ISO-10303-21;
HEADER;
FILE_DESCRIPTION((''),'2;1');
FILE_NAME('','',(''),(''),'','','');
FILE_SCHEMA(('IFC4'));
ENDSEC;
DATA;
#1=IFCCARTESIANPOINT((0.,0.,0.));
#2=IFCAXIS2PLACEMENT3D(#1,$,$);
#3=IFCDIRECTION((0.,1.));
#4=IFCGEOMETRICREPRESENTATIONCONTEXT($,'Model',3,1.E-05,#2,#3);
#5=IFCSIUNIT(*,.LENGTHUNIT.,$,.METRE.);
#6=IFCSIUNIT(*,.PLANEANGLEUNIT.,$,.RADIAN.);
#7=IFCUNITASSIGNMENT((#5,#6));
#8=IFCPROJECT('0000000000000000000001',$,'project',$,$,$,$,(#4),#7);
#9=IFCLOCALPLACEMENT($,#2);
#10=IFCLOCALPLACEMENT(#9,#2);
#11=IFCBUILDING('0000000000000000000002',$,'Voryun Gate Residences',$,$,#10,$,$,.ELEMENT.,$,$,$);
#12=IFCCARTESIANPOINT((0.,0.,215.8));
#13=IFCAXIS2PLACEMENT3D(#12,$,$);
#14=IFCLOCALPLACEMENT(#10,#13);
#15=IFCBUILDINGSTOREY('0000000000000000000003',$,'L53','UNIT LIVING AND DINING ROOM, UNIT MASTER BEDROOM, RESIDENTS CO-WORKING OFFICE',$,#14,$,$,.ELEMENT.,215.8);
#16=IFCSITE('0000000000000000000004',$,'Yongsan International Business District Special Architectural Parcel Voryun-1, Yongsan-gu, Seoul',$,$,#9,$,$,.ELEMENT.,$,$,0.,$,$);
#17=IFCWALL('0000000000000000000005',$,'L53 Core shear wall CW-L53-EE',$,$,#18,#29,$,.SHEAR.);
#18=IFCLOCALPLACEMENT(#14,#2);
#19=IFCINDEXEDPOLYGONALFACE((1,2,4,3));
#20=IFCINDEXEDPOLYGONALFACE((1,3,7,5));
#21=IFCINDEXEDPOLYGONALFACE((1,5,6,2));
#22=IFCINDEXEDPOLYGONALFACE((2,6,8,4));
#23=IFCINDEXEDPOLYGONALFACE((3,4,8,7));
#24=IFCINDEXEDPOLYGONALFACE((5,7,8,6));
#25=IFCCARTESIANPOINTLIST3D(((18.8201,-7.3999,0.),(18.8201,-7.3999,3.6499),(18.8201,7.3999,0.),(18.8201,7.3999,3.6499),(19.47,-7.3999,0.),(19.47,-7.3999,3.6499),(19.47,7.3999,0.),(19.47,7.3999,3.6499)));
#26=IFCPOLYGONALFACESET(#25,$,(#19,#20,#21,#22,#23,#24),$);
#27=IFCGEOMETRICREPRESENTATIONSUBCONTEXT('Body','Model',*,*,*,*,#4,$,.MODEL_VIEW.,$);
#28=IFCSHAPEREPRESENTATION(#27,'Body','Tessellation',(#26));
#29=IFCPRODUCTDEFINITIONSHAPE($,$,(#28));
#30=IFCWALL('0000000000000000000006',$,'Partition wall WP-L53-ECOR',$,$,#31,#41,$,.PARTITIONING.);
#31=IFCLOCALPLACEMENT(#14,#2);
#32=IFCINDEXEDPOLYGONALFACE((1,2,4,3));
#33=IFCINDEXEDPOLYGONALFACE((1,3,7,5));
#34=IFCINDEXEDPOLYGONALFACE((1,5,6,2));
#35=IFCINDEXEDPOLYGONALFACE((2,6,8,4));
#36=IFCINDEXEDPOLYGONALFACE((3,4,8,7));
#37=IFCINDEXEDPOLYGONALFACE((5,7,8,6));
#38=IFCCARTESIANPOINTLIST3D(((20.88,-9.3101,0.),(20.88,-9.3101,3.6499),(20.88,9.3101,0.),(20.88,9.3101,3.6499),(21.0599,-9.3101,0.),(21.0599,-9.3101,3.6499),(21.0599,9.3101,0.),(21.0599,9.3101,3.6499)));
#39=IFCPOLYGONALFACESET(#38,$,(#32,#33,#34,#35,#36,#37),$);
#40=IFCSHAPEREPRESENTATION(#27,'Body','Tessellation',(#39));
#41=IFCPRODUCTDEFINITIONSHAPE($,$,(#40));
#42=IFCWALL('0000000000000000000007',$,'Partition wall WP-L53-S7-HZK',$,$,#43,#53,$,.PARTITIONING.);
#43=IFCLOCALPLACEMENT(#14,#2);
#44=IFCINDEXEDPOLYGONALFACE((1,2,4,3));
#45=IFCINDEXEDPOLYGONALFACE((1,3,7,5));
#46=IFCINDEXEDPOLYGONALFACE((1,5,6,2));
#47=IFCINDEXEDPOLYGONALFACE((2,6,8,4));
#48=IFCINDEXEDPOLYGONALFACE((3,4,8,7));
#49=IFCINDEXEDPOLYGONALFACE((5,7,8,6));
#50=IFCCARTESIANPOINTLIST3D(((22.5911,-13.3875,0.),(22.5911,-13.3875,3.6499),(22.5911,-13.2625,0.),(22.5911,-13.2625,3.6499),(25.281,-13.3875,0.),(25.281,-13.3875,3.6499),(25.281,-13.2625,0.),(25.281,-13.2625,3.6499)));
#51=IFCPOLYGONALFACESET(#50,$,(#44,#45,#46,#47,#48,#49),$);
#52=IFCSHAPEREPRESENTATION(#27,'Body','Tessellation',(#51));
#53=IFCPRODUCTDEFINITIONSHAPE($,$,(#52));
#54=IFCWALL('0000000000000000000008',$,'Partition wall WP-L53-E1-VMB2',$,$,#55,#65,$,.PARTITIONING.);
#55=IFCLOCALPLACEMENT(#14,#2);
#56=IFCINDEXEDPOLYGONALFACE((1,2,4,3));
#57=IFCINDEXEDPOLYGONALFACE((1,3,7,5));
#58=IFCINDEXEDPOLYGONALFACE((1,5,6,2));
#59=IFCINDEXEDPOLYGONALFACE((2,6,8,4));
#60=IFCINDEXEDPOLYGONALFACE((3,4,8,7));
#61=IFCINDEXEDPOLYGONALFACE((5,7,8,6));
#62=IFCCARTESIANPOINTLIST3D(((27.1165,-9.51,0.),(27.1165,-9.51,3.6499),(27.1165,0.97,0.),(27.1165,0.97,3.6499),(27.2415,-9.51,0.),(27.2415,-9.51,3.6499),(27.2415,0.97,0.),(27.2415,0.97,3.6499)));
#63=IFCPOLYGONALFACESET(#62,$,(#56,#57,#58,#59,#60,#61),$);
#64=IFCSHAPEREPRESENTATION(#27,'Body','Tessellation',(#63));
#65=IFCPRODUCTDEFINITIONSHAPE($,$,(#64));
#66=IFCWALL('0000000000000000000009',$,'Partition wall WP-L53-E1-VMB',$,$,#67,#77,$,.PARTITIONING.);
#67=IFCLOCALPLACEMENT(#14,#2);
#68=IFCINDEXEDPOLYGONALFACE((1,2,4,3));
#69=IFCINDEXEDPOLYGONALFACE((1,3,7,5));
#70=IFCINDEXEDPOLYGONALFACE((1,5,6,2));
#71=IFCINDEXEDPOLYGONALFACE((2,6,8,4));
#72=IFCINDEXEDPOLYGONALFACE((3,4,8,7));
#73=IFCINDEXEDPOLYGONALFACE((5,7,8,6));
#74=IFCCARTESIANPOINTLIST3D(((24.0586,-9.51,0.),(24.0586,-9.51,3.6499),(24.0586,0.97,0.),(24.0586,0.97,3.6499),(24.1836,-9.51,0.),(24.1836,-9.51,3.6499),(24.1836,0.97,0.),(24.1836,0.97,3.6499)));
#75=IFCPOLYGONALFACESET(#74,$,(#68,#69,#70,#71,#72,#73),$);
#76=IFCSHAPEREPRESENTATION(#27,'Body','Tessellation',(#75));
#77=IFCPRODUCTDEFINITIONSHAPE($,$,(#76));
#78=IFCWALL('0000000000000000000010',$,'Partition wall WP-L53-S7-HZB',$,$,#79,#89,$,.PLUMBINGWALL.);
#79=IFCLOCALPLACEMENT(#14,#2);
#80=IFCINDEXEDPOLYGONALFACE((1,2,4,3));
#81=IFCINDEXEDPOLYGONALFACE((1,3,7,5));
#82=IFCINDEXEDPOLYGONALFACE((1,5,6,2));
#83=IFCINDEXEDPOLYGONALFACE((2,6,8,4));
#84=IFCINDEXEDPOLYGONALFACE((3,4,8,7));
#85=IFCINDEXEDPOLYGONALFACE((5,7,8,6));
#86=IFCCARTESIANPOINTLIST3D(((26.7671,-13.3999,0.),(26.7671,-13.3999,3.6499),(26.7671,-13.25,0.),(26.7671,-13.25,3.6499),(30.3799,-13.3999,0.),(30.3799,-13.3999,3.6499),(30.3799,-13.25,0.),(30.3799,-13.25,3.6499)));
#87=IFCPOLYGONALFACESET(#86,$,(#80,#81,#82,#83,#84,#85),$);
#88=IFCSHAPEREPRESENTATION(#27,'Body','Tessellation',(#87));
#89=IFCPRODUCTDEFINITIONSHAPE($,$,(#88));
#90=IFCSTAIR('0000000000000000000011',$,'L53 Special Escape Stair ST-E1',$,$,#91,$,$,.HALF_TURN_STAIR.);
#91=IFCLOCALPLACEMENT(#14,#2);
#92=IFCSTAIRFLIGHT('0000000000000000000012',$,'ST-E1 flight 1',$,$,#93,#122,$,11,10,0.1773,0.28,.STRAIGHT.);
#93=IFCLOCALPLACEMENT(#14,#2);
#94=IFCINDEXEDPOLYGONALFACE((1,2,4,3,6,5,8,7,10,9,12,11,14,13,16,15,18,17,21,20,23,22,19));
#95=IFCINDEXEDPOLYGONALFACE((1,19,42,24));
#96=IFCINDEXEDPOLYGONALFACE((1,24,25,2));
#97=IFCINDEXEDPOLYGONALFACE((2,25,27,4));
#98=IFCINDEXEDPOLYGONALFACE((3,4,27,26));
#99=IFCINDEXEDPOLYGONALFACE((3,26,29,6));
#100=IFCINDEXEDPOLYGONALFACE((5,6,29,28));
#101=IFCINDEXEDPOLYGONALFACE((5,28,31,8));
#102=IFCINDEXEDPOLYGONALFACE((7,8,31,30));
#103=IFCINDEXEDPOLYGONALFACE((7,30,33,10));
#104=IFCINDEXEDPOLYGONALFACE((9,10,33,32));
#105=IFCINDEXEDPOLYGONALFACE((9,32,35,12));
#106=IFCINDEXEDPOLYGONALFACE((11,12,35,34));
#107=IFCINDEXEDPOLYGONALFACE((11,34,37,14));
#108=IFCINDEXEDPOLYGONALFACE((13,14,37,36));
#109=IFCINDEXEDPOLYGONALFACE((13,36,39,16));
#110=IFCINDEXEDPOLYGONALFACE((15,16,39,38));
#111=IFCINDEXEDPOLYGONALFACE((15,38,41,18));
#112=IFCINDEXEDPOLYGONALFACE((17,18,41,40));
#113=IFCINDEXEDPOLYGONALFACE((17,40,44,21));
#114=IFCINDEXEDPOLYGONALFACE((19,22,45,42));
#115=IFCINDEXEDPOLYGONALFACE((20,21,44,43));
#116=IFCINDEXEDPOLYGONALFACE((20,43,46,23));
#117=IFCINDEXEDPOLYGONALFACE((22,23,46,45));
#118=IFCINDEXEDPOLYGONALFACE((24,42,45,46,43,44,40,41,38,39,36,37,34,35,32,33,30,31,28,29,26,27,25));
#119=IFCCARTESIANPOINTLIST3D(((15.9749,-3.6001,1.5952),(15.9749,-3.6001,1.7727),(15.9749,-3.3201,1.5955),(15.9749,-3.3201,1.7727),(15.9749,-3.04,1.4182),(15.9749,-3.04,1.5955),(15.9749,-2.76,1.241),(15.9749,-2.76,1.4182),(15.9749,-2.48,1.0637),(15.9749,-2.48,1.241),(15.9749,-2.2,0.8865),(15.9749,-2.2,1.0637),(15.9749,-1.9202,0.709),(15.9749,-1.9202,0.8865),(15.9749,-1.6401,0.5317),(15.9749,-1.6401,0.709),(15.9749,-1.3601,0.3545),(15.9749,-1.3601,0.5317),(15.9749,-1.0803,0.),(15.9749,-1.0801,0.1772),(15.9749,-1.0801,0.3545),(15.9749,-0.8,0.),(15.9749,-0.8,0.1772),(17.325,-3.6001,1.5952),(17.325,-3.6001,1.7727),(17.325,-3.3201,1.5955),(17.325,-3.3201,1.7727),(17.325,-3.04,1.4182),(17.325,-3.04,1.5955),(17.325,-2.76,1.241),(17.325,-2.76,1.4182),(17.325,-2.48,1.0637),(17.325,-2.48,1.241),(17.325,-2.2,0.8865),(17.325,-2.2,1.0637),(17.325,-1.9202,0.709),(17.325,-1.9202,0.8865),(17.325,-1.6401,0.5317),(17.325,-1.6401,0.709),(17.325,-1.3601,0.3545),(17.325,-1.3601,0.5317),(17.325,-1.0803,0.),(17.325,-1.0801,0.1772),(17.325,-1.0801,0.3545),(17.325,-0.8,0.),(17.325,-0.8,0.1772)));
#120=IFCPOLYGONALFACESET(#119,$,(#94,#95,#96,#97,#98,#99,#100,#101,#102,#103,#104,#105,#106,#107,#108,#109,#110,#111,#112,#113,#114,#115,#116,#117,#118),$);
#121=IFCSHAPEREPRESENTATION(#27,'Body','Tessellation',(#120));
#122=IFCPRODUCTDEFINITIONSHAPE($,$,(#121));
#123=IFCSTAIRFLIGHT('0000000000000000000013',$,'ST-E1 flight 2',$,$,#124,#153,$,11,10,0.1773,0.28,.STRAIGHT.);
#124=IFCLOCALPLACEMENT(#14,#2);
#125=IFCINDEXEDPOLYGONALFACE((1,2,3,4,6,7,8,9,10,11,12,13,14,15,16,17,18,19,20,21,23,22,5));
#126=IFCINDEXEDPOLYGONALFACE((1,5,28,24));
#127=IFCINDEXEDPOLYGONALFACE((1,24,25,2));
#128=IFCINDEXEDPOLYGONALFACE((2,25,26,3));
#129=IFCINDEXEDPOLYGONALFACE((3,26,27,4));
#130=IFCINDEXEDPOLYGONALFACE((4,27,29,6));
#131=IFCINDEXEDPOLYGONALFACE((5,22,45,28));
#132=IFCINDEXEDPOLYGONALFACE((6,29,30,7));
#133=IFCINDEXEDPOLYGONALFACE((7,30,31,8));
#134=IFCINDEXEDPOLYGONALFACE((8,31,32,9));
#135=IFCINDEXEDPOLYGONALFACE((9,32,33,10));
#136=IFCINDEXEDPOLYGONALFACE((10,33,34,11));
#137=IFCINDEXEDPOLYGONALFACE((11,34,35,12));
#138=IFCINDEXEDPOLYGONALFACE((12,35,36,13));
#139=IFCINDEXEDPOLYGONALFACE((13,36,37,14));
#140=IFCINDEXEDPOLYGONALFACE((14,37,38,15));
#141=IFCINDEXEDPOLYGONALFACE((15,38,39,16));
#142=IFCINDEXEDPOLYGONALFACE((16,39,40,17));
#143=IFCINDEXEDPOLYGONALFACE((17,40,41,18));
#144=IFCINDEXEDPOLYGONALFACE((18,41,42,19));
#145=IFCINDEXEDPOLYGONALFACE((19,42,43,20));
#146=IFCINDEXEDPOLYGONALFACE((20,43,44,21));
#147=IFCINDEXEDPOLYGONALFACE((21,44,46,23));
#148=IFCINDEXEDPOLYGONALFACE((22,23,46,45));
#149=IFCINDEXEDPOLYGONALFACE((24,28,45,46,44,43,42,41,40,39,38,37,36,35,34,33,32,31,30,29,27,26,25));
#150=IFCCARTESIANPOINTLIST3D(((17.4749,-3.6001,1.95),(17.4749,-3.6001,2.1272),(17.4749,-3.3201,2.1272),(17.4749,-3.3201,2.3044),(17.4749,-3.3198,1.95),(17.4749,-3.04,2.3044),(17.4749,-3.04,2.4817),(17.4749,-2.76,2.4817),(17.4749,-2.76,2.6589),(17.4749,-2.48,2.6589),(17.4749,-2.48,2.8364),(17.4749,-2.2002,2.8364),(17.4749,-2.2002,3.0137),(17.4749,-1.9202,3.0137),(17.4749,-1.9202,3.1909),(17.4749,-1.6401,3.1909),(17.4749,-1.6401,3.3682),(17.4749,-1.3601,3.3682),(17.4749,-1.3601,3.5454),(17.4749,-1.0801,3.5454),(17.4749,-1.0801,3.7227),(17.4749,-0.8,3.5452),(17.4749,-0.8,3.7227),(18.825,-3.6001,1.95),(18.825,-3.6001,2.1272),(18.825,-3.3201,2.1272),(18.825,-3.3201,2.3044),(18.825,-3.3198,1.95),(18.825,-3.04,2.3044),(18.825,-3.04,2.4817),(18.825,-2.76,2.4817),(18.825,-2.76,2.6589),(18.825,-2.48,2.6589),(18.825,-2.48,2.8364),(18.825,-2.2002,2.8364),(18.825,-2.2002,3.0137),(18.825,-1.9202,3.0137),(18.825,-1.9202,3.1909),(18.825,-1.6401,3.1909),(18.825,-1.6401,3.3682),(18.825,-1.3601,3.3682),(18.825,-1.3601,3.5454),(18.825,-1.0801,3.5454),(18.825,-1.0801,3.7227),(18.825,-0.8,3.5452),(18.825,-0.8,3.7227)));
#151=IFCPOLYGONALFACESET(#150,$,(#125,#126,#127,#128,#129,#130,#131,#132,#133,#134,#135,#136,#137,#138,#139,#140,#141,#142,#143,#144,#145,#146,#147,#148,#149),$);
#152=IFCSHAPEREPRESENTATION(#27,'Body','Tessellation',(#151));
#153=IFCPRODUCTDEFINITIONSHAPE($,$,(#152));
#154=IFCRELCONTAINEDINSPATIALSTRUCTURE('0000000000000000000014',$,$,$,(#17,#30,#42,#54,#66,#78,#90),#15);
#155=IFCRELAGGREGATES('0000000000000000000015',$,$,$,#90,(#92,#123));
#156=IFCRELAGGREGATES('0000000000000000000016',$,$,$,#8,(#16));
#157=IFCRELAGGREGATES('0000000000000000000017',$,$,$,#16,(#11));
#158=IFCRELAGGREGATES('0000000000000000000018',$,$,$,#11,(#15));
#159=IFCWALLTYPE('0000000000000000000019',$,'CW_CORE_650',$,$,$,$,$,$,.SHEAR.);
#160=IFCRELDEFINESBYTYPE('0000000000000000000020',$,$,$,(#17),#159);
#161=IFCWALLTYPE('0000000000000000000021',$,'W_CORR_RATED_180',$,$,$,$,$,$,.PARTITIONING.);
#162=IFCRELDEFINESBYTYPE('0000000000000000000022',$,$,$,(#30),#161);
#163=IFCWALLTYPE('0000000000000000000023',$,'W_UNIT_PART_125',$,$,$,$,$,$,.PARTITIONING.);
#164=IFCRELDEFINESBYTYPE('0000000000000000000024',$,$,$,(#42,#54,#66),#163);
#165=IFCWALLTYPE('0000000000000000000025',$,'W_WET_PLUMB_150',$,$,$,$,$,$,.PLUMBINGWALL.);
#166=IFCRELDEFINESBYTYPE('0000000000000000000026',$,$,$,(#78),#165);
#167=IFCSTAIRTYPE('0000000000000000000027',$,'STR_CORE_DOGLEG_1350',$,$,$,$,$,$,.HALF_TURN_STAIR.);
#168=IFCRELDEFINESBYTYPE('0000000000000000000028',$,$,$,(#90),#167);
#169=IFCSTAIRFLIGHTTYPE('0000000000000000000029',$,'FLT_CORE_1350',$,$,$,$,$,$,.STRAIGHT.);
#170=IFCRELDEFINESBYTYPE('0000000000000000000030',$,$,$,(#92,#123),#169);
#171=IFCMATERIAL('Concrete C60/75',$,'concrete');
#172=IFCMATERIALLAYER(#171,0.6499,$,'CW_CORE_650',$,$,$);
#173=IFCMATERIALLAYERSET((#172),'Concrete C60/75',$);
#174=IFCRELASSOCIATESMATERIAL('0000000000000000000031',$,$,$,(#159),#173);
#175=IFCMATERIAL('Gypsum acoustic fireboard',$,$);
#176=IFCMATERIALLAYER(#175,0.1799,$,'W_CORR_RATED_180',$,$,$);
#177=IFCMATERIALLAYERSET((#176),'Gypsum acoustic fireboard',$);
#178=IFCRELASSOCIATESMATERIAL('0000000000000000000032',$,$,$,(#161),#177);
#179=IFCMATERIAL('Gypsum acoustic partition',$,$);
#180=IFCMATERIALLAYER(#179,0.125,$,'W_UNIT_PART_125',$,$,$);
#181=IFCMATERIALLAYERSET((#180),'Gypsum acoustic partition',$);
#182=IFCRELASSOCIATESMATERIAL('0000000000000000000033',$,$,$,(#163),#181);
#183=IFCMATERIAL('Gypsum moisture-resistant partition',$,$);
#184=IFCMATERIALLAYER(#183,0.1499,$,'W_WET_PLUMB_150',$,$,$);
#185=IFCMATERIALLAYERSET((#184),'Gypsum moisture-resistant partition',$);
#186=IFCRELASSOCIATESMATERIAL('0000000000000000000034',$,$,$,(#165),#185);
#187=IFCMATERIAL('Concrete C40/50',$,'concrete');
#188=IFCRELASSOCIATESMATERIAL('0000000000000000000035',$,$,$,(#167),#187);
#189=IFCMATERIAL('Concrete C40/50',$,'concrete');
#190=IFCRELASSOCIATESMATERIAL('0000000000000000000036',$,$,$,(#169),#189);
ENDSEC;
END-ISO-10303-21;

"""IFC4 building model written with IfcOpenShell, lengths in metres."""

from ifc_helpers import new_model, si_unit, direction, frame, frame_2d, origin, place, context, subcontext, project, spatial, polyline, rectangle, outline, extrude, material, layer, layer_set, type_object, element, aggregate, save


model = new_model("IFC4")

# Units and contexts
model_context = context("Model", 3, precision=1e-05, world=origin(), true_north=direction((0.0, 1.0)))
body_context = subcontext(model_context, "Body", "Model", "MODEL_VIEW")
ifc_project = project(units=[si_unit("LENGTHUNIT", "METRE"), si_unit("PLANEANGLEUNIT", "RADIAN")], contexts=[model_context])

# Site, building, storey
site_placement = place(None, origin())
site = spatial("IfcSite", under=ifc_project, at=site_placement, Name="Yongsan International Business District Special Architectural Parcel Voryun-1, Yongsan-gu, Seoul", CompositionType="ELEMENT", RefElevation=0.0)
building_placement = place(site_placement, origin())
building = spatial("IfcBuilding", under=site, at=building_placement, Name="Voryun Gate Residences", CompositionType="ELEMENT")
storey_placement = place(building_placement, frame((0.0, 0.0, 215.8)))
storey = spatial("IfcBuildingStorey", under=building, at=storey_placement, Name="L53", Description="UNIT LIVING AND DINING ROOM, UNIT MASTER BEDROOM, RESIDENTS CO-WORKING OFFICE", CompositionType="ELEMENT", Elevation=215.8)

# Walls
ifc_material_1 = material(Name="Concrete C60/75", Category="concrete")
ifc_layer_1 = layer(ifc_material_1, 0.6499, Name="CW_CORE_650")
ifc_layer_set_1 = layer_set([ifc_layer_1], Name="Concrete C60/75")
wall_type_1 = type_object("IfcWallType", Name="CW_CORE_650", PredefinedType="SHEAR", material=ifc_layer_set_1)
wall_1_placement = place(storey_placement, frame((19.145, -7.3999, 0.0), z_axis=(0.0, 0.0, 1.0), x_axis=(0.0, 1.0, 0.0)))
element("IfcWall", 1, at=wall_1_placement, inside=storey, type_object=wall_type_1, Name="L53 Core shear wall CW-L53-EE", PredefinedType="SHEAR", context=body_context, shape_type="SweptSolid", body=[
    extrude(rectangle(XDim=14.7998, YDim=0.6499, at=frame_2d((7.3999, 0.0))), origin(), (0.0, 0.0, 1.0), 3.6499),
])
ifc_material_2 = material(Name="Gypsum acoustic fireboard")
ifc_layer_2 = layer(ifc_material_2, 0.1799, Name="W_CORR_RATED_180")
ifc_layer_set_2 = layer_set([ifc_layer_2], Name="Gypsum acoustic fireboard")
wall_type_2 = type_object("IfcWallType", Name="W_CORR_RATED_180", PredefinedType="PARTITIONING", material=ifc_layer_set_2)
wall_2_placement = place(storey_placement, frame((20.97, -9.3101, 0.0), z_axis=(0.0, 0.0, 1.0), x_axis=(0.0, 1.0, 0.0)))
element("IfcWall", 2, at=wall_2_placement, inside=storey, type_object=wall_type_2, Name="Partition wall WP-L53-ECOR", PredefinedType="PARTITIONING", context=body_context, shape_type="SweptSolid", body=[
    extrude(rectangle(XDim=18.6201, YDim=0.1799, at=frame_2d((9.3101, 0.0))), origin(), (0.0, 0.0, 1.0), 3.6499),
])
ifc_material_3 = material(Name="Gypsum acoustic partition")
ifc_layer_3 = layer(ifc_material_3, 0.125, Name="W_UNIT_PART_125")
ifc_layer_set_3 = layer_set([ifc_layer_3], Name="Gypsum acoustic partition")
wall_type_3 = type_object("IfcWallType", Name="W_UNIT_PART_125", PredefinedType="PARTITIONING", material=ifc_layer_set_3)
wall_3_placement = place(storey_placement, frame((22.5911, -13.325, 0.0), z_axis=(0.0, 0.0, 1.0), x_axis=(1.0, 0.0, 0.0)))
element("IfcWall", 3, at=wall_3_placement, inside=storey, type_object=wall_type_3, Name="Partition wall WP-L53-S7-HZK", PredefinedType="PARTITIONING", context=body_context, shape_type="SweptSolid", body=[
    extrude(rectangle(XDim=2.6899, YDim=0.125, at=frame_2d((1.345, 0.0))), origin(), (0.0, 0.0, 1.0), 3.6499),
])
for number, where, z_axis, x_axis, name in (
    (4, (27.179, -9.51, 0.0), (0.0, 0.0, 1.0), (0.0, 1.0, 0.0), "Partition wall WP-L53-E1-VMB2"),
    (5, (24.1211, -9.51, 0.0), (0.0, 0.0, 1.0), (0.0, 1.0, 0.0), "Partition wall WP-L53-E1-VMB"),
):
    element("IfcWall", number, at=place(storey_placement, frame(where, z_axis=z_axis, x_axis=x_axis)), inside=storey, type_object=wall_type_3, Name=name, PredefinedType="PARTITIONING", context=body_context, shape_type="SweptSolid", body=[
        extrude(rectangle(XDim=10.48, YDim=0.125, at=frame_2d((5.24, 0.0))), origin(), (0.0, 0.0, 1.0), 3.6499),
    ])
ifc_material_4 = material(Name="Gypsum moisture-resistant partition")
ifc_layer_4 = layer(ifc_material_4, 0.1499, Name="W_WET_PLUMB_150")
ifc_layer_set_4 = layer_set([ifc_layer_4], Name="Gypsum moisture-resistant partition")
wall_type_4 = type_object("IfcWallType", Name="W_WET_PLUMB_150", PredefinedType="PLUMBINGWALL", material=ifc_layer_set_4)
wall_4_placement = place(storey_placement, frame((26.7671, -13.325, 0.0), z_axis=(0.0, 0.0, 1.0), x_axis=(1.0, 0.0, 0.0)))
element("IfcWall", 6, at=wall_4_placement, inside=storey, type_object=wall_type_4, Name="Partition wall WP-L53-S7-HZB", PredefinedType="PLUMBINGWALL", context=body_context, shape_type="SweptSolid", body=[
    extrude(rectangle(XDim=3.6128, YDim=0.1499, at=frame_2d((1.8064, 0.0))), origin(), (0.0, 0.0, 1.0), 3.6499),
])

# Stair, stair flights
ifc_material_5 = material(Name="Concrete C40/50", Category="concrete")
stair_type = type_object("IfcStairType", Name="STR_CORE_DOGLEG_1350", PredefinedType="HALF_TURN_STAIR", material=ifc_material_5)
stair_placement = place(storey_placement, origin())
stair = element("IfcStair", 7, at=stair_placement, inside=storey, type_object=stair_type, Name="L53 Special Escape Stair ST-E1", PredefinedType="HALF_TURN_STAIR")
ifc_material_6 = material(Name="Concrete C40/50", Category="concrete")
stair_flight_type = type_object("IfcStairFlightType", Name="FLT_CORE_1350", PredefinedType="STRAIGHT", material=ifc_material_6)
stair_flight_1_placement = place(storey_placement, frame((16.6499, -0.8, 0.0), z_axis=(0.0, 0.0, 1.0), x_axis=(0.0, -1.0, 0.0)))
stair_flight_1 = element("IfcStairFlight", 8, at=stair_flight_1_placement, type_object=stair_flight_type, Name="ST-E1 flight 1", NumberOfRisers=11, NumberOfTreads=10, PredefinedType="STRAIGHT", RiserHeight=0.1773, TreadLength=0.28, context=body_context, shape_type="SweptSolid", body=[
    extrude(outline(polyline([(0.0, 0.0), (0.0, 0.1772), (0.28, 0.1772), (0.28, 0.3545), (0.5601, 0.3545), (0.5601, 0.5317), (0.8401, 0.5317), (0.8401, 0.709), (1.1201, 0.709), (1.1201, 0.8865), (1.3999, 0.8865), (1.3999, 1.0637), (1.6799, 1.0637), (1.6799, 1.241), (1.96, 1.241), (1.96, 1.4182), (2.24, 1.4182), (2.24, 1.5955), (2.52, 1.5955), (2.52, 1.7727), (2.8, 1.7727), (2.8, 1.95), (2.8, 1.5952), (0.2803, 0.0), (0.0, 0.0)])), frame((0.0, 0.675, 0.0), z_axis=(0.0, -1.0, 0.0), x_axis=(1.0, 0.0, 0.0)), (0.0, 0.0, 1.0), 1.3501),
])
stair_flight_2_placement = place(storey_placement, frame((18.1499, -3.6001, 1.95), z_axis=(0.0, 0.0, 1.0), x_axis=(0.0, 1.0, 0.0)))
stair_flight_2 = element("IfcStairFlight", 9, at=stair_flight_2_placement, type_object=stair_flight_type, Name="ST-E1 flight 2", NumberOfRisers=11, NumberOfTreads=10, PredefinedType="STRAIGHT", RiserHeight=0.1773, TreadLength=0.28, context=body_context, shape_type="SweptSolid", body=[
    extrude(outline(polyline([(0.0, 0.0), (0.0, 0.1772), (0.28, 0.1772), (0.28, 0.3545), (0.5601, 0.3545), (0.5601, 0.5317), (0.8401, 0.5317), (0.8401, 0.709), (1.1201, 0.709), (1.1201, 0.8865), (1.3999, 0.8865), (1.3999, 1.0637), (1.6799, 1.0637), (1.6799, 1.241), (1.96, 1.241), (1.96, 1.4182), (2.24, 1.4182), (2.24, 1.5955), (2.52, 1.5955), (2.52, 1.7727), (2.8, 1.7727), (2.8, 1.95), (2.8, 1.5952), (0.2803, 0.0), (0.0, 0.0)])), frame((0.0, 0.675, 0.0), z_axis=(0.0, -1.0, 0.0), x_axis=(1.0, 0.0, 0.0)), (0.0, 0.0, 1.0), 1.3501),
])
aggregate(stair, [stair_flight_1, stair_flight_2])

save(model, "model.ifc")
